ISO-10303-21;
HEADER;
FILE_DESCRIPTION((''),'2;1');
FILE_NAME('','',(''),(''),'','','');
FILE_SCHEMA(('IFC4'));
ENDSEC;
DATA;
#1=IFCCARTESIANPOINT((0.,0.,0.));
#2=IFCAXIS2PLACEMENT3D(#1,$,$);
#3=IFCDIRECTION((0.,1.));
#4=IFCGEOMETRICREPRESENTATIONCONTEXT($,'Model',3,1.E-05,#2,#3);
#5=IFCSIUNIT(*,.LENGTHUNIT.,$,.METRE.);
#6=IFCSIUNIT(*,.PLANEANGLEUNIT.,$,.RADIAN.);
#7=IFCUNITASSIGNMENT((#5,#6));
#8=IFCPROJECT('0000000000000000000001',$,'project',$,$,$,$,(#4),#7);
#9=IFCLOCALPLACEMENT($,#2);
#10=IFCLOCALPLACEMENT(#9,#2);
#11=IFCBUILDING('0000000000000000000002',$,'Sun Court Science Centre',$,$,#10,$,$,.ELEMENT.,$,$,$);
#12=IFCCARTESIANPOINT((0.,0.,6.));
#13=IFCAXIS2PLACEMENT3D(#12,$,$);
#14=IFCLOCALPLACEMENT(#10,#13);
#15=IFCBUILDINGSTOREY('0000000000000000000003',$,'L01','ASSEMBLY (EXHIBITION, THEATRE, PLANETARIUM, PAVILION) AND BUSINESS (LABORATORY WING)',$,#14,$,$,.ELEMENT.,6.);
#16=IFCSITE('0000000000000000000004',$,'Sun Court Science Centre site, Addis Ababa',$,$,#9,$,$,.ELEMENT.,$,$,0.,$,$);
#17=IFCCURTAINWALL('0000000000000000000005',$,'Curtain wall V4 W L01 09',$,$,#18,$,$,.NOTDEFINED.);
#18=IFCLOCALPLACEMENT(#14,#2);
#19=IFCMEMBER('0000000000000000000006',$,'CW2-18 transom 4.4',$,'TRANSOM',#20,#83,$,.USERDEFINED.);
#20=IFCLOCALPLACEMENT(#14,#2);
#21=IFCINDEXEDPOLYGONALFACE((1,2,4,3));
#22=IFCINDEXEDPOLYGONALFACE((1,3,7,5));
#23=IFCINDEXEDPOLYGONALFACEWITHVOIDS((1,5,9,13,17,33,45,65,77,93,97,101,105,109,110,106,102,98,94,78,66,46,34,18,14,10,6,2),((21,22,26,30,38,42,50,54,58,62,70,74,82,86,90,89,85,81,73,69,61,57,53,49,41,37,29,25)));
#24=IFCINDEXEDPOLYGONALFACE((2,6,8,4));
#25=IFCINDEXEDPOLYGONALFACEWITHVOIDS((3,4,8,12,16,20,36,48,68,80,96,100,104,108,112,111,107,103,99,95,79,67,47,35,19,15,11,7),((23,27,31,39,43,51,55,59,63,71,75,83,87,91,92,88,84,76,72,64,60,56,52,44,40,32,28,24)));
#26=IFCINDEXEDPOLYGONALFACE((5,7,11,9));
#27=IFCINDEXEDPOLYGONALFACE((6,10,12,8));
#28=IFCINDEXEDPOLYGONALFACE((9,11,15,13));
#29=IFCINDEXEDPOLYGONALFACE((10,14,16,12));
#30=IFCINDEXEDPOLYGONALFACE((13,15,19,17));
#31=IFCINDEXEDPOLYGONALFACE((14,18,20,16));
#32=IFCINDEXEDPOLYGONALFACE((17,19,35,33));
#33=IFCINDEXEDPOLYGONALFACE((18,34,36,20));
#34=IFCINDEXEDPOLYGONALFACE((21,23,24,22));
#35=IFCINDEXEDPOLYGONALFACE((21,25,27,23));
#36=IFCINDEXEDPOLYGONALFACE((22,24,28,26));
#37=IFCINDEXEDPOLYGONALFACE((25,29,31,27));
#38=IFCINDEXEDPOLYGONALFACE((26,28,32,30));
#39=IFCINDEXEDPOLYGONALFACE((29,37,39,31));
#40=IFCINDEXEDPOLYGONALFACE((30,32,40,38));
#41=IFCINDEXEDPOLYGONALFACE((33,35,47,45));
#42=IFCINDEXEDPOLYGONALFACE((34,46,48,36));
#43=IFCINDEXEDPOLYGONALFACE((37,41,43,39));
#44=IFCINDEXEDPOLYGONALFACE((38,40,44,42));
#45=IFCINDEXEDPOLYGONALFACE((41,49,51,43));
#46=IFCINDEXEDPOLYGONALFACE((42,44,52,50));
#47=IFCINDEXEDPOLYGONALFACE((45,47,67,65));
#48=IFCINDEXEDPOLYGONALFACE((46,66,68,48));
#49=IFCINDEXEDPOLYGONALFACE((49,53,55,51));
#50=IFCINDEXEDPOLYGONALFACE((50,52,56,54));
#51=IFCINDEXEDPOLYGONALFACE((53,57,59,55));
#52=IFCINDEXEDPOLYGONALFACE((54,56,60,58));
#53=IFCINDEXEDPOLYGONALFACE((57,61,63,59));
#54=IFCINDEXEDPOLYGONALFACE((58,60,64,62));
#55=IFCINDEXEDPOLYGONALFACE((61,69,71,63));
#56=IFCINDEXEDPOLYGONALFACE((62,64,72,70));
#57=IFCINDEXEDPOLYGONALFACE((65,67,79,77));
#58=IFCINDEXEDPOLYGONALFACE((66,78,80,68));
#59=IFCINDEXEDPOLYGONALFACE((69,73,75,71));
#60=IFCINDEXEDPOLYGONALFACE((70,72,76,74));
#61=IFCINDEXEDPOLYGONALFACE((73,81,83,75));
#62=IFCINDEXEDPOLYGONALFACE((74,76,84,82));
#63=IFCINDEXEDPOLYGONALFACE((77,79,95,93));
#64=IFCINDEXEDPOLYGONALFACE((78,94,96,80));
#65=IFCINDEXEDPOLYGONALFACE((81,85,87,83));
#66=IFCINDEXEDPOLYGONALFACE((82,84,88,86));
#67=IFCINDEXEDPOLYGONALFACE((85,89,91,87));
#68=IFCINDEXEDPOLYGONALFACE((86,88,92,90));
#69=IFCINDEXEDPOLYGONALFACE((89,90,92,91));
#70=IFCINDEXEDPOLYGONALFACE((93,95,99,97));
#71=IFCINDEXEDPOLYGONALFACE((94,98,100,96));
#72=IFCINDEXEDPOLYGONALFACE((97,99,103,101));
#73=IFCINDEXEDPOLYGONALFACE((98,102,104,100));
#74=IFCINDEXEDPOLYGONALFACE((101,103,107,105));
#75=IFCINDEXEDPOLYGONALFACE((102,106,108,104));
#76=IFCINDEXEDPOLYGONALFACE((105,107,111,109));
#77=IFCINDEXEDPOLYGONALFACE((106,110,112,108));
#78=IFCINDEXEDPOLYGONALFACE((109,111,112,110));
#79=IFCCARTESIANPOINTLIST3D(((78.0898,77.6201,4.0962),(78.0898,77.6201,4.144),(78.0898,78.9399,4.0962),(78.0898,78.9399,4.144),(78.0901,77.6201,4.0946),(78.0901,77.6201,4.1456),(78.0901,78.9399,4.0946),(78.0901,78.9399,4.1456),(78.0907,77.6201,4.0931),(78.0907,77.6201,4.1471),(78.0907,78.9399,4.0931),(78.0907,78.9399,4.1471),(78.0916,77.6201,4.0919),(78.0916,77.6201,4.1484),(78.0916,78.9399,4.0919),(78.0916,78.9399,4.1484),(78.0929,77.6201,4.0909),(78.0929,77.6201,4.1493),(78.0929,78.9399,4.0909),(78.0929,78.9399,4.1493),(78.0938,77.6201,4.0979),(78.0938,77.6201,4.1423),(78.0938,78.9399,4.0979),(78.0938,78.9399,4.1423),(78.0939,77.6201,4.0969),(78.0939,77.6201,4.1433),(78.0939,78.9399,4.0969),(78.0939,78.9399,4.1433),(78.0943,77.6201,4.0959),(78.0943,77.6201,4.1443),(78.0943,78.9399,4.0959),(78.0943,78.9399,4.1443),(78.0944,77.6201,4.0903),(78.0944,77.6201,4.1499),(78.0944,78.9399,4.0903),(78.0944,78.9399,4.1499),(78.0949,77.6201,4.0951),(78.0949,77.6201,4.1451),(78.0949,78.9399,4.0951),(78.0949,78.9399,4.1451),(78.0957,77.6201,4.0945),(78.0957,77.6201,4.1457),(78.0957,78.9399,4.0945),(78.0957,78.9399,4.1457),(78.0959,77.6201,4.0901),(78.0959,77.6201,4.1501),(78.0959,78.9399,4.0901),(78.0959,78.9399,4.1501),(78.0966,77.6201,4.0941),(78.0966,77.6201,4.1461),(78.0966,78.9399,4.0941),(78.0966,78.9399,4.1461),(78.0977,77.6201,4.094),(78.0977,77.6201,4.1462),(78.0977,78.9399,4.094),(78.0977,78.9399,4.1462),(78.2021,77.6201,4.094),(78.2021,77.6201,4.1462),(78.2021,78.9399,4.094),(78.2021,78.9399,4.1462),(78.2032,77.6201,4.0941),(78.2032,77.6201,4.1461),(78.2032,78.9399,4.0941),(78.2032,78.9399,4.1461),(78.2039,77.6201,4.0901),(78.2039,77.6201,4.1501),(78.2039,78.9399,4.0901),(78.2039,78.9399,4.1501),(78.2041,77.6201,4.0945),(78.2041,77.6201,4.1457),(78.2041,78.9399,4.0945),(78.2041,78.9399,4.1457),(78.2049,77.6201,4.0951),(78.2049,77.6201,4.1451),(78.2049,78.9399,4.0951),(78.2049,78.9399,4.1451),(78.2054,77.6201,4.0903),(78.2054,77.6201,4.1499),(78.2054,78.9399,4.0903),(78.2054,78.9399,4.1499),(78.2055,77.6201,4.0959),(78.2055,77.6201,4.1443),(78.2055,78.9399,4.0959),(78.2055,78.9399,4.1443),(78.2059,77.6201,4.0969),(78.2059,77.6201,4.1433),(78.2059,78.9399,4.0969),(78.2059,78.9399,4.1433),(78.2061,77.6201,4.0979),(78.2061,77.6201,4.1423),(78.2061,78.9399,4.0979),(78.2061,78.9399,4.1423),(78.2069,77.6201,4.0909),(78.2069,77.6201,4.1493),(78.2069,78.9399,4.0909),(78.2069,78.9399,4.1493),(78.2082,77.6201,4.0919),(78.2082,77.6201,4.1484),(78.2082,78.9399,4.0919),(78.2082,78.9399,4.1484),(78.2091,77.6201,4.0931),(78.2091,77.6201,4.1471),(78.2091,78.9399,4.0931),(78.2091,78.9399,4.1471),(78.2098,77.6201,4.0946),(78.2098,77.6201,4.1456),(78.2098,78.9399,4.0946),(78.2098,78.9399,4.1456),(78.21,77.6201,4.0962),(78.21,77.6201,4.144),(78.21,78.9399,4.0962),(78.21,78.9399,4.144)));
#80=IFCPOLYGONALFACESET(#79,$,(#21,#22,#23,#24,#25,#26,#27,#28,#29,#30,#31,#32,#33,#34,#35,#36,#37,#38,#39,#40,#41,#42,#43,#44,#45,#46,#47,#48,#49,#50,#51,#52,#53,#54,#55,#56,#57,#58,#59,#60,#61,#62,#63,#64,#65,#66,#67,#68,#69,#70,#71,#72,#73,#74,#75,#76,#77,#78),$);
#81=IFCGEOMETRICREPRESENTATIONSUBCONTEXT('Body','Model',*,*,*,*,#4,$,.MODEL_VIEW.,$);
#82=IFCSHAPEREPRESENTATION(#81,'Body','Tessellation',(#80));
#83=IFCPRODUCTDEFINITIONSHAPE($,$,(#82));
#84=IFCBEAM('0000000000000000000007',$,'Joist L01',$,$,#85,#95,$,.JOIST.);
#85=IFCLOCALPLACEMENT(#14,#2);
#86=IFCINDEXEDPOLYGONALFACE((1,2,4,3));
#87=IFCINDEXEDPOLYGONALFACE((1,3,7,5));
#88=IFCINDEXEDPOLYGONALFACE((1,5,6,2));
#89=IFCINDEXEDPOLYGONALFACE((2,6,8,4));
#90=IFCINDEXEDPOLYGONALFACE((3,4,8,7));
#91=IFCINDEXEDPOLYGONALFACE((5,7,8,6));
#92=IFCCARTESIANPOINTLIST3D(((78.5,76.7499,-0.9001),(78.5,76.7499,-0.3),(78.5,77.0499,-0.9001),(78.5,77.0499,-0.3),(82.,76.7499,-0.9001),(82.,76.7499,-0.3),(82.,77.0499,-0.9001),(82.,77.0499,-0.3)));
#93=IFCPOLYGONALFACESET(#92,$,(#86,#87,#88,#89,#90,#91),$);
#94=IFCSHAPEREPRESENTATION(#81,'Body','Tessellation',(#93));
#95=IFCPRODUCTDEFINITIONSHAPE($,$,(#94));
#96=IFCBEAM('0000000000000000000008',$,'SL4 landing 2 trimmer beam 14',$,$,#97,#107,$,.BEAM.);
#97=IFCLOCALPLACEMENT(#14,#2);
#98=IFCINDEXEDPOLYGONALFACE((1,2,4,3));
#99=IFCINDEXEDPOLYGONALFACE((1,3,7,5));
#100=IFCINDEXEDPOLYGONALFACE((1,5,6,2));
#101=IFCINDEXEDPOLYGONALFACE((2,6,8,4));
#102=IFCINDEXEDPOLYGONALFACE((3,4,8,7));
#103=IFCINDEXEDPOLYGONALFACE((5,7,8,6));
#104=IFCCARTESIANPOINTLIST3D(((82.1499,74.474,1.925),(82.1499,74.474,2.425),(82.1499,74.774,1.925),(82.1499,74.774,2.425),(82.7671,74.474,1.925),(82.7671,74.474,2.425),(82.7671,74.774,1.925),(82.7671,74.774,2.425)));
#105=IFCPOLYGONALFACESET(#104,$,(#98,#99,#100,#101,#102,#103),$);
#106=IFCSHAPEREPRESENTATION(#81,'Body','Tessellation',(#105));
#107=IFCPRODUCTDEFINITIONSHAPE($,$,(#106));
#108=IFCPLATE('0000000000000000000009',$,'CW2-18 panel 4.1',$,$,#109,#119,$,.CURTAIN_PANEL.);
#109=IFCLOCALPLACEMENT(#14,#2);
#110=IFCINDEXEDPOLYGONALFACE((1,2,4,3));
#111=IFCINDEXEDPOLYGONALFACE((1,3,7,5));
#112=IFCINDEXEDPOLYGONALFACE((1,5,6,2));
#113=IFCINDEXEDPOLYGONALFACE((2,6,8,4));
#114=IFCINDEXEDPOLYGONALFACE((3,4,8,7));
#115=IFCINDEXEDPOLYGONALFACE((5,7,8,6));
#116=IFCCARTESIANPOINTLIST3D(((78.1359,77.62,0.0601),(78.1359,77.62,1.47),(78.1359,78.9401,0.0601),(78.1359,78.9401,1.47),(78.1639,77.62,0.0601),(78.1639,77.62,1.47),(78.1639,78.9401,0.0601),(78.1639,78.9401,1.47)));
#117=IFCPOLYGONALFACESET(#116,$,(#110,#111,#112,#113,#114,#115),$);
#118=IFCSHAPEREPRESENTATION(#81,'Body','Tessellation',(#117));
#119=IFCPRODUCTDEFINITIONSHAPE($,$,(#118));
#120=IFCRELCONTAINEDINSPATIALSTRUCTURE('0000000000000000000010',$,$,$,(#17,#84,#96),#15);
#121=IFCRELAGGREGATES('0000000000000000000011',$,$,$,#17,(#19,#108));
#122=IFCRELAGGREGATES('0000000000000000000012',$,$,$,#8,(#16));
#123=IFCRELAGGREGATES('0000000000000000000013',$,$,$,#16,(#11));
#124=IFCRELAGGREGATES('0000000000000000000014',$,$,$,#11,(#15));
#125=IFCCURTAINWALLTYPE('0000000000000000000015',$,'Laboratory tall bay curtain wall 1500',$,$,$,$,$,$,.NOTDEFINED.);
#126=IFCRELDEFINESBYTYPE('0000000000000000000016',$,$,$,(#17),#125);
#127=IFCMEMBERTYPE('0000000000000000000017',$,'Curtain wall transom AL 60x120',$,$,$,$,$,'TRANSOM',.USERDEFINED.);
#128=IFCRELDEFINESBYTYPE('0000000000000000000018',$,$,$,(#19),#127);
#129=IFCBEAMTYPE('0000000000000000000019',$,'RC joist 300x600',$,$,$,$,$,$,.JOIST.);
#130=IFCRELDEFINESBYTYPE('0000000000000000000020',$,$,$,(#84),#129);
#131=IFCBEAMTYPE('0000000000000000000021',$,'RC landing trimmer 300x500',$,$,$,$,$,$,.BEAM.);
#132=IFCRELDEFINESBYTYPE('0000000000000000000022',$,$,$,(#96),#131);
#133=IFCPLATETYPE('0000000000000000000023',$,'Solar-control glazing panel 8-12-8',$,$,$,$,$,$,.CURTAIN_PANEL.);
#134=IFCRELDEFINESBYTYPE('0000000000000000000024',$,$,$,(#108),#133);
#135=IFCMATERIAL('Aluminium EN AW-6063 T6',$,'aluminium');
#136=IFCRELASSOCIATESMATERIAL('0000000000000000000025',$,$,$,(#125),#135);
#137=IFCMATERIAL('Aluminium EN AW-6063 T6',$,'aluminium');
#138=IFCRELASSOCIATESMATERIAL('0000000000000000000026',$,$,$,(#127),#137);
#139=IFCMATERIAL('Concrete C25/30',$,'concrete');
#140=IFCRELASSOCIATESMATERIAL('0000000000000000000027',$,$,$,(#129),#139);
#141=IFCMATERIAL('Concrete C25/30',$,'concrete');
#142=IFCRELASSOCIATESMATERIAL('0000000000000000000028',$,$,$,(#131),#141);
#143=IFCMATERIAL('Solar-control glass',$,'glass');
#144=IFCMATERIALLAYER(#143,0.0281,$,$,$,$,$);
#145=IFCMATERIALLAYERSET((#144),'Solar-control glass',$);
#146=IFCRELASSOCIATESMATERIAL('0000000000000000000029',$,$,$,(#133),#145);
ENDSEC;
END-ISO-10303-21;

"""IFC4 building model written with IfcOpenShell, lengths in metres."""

from ifc_helpers import new_model, si_unit, direction, frame, origin, origin_2d, place, context, subcontext, project, spatial, rectangle, hollow_rectangle, extrude, material, layer, layer_set, material_profile, profile_set, type_object, element, aggregate, save


model = new_model("IFC4")

# Units and contexts
model_context = context("Model", 3, precision=1e-05, world=origin(), true_north=direction((0.0, 1.0)))
body_context = subcontext(model_context, "Body", "Model", "MODEL_VIEW")
ifc_project = project(units=[si_unit("LENGTHUNIT", "METRE"), si_unit("PLANEANGLEUNIT", "RADIAN")], contexts=[model_context])

# Site, building, storey
site_placement = place(None, origin())
site = spatial("IfcSite", under=ifc_project, at=site_placement, Name="Sun Court Science Centre site, Addis Ababa", CompositionType="ELEMENT", RefElevation=0.0)
building_placement = place(site_placement, origin())
building = spatial("IfcBuilding", under=site, at=building_placement, Name="Sun Court Science Centre", CompositionType="ELEMENT")
storey_placement = place(building_placement, frame((0.0, 0.0, 6.0)))
storey = spatial("IfcBuildingStorey", under=building, at=storey_placement, Name="L01", Description="ASSEMBLY (EXHIBITION, THEATRE, PLANETARIUM, PAVILION) AND BUSINESS (LABORATORY WING)", CompositionType="ELEMENT", Elevation=6.0)

# Curtain wall, member
ifc_material_1 = material(Name="Aluminium EN AW-6063 T6", Category="aluminium")
curtain_wall_type = type_object("IfcCurtainWallType", Name="Laboratory tall bay curtain wall 1500", PredefinedType="NOTDEFINED", material=ifc_material_1)
curtain_wall_placement = place(storey_placement, origin())
curtain_wall = element("IfcCurtainWall", 1, at=curtain_wall_placement, inside=storey, type_object=curtain_wall_type, Name="Curtain wall V4 W L01 09", PredefinedType="NOTDEFINED")
ifc_material_2 = material(Name="Aluminium EN AW-6063 T6", Category="aluminium")
ifc_material_profile_1 = material_profile(ifc_material_2, hollow_rectangle(XDim=0.0601, YDim=0.1201, WallThickness=0.0039, InnerFilletRadius=0.0039, OuterFilletRadius=0.0061, at=origin_2d()), Name="AL 60x120x4")
ifc_profile_set_1 = profile_set([ifc_material_profile_1], Name="Aluminium EN AW-6063 T6")
member_type = type_object("IfcMemberType", Name="Curtain wall transom AL 60x120", ElementType="TRANSOM", PredefinedType="USERDEFINED", material=ifc_profile_set_1)
member_placement = place(storey_placement, frame((78.1499, 77.6201, 4.1201), z_axis=(0.0, 1.0, 0.0), x_axis=(0.0, 0.0, 1.0)))
member = element("IfcMember", 2, at=member_placement, type_object=member_type, Name="CW2-18 transom 4.4", ObjectType="TRANSOM", PredefinedType="USERDEFINED", context=body_context, shape_type="SweptSolid", body=[
    extrude(hollow_rectangle(XDim=0.0601, YDim=0.1201, WallThickness=0.0039, InnerFilletRadius=0.0039, OuterFilletRadius=0.0061, at=origin_2d()), origin(), (0.0, 0.0, 1.0), 1.3198),
])

# Beams
ifc_material_3 = material(Name="Concrete C25/30", Category="concrete")
ifc_material_profile_2 = material_profile(ifc_material_3, rectangle(XDim=0.3, YDim=0.6001, at=origin_2d()), Name="RC 300x600")
ifc_profile_set_2 = profile_set([ifc_material_profile_2], Name="Concrete C25/30")
beam_type_1 = type_object("IfcBeamType", Name="RC joist 300x600", PredefinedType="JOIST", material=ifc_profile_set_2)
beam_1_placement = place(storey_placement, frame((78.5, 76.8999, -0.6001), z_axis=(1.0, 0.0, 0.0), x_axis=(0.0, 1.0, 0.0)))
element("IfcBeam", 3, at=beam_1_placement, inside=storey, type_object=beam_type_1, Name="Joist L01", PredefinedType="JOIST", context=body_context, shape_type="SweptSolid", body=[
    extrude(rectangle(XDim=0.3, YDim=0.6001, at=origin_2d()), origin(), (0.0, 0.0, 1.0), 3.5),
])
ifc_material_4 = material(Name="Concrete C25/30", Category="concrete")
ifc_material_profile_3 = material_profile(ifc_material_4, rectangle(XDim=0.3, YDim=0.5, at=origin_2d()), Name="RC 300x500")
ifc_profile_set_3 = profile_set([ifc_material_profile_3], Name="Concrete C25/30")
beam_type_2 = type_object("IfcBeamType", Name="RC landing trimmer 300x500", PredefinedType="BEAM", material=ifc_profile_set_3)
beam_2_placement = place(storey_placement, frame((82.1499, 74.624, 2.175), z_axis=(1.0, 0.0, 0.0), x_axis=(0.0, 1.0, 0.0)))
element("IfcBeam", 4, at=beam_2_placement, inside=storey, type_object=beam_type_2, Name="SL4 landing 2 trimmer beam 14", PredefinedType="BEAM", context=body_context, shape_type="SweptSolid", body=[
    extrude(rectangle(XDim=0.3, YDim=0.5, at=origin_2d()), origin(), (0.0, 0.0, 1.0), 0.6172),
])

# Plate
ifc_material_5 = material(Name="Solar-control glass", Category="glass")
ifc_layer = layer(ifc_material_5, 0.0281)
ifc_layer_set = layer_set([ifc_layer], Name="Solar-control glass")
plate_type = type_object("IfcPlateType", Name="Solar-control glazing panel 8-12-8", PredefinedType="CURTAIN_PANEL", material=ifc_layer_set)
plate_placement = place(storey_placement, frame((78.1499, 78.28, 0.0601), z_axis=(0.0, 0.0, 1.0), x_axis=(0.0, 1.0, 0.0)))
plate = element("IfcPlate", 5, at=plate_placement, type_object=plate_type, Name="CW2-18 panel 4.1", PredefinedType="CURTAIN_PANEL", context=body_context, shape_type="SweptSolid", body=[
    extrude(rectangle(XDim=1.3201, YDim=0.0281, at=origin_2d()), origin(), (0.0, 0.0, 1.0), 1.4099),
])
aggregate(curtain_wall, [member, plate])

save(model, "model.ifc")
